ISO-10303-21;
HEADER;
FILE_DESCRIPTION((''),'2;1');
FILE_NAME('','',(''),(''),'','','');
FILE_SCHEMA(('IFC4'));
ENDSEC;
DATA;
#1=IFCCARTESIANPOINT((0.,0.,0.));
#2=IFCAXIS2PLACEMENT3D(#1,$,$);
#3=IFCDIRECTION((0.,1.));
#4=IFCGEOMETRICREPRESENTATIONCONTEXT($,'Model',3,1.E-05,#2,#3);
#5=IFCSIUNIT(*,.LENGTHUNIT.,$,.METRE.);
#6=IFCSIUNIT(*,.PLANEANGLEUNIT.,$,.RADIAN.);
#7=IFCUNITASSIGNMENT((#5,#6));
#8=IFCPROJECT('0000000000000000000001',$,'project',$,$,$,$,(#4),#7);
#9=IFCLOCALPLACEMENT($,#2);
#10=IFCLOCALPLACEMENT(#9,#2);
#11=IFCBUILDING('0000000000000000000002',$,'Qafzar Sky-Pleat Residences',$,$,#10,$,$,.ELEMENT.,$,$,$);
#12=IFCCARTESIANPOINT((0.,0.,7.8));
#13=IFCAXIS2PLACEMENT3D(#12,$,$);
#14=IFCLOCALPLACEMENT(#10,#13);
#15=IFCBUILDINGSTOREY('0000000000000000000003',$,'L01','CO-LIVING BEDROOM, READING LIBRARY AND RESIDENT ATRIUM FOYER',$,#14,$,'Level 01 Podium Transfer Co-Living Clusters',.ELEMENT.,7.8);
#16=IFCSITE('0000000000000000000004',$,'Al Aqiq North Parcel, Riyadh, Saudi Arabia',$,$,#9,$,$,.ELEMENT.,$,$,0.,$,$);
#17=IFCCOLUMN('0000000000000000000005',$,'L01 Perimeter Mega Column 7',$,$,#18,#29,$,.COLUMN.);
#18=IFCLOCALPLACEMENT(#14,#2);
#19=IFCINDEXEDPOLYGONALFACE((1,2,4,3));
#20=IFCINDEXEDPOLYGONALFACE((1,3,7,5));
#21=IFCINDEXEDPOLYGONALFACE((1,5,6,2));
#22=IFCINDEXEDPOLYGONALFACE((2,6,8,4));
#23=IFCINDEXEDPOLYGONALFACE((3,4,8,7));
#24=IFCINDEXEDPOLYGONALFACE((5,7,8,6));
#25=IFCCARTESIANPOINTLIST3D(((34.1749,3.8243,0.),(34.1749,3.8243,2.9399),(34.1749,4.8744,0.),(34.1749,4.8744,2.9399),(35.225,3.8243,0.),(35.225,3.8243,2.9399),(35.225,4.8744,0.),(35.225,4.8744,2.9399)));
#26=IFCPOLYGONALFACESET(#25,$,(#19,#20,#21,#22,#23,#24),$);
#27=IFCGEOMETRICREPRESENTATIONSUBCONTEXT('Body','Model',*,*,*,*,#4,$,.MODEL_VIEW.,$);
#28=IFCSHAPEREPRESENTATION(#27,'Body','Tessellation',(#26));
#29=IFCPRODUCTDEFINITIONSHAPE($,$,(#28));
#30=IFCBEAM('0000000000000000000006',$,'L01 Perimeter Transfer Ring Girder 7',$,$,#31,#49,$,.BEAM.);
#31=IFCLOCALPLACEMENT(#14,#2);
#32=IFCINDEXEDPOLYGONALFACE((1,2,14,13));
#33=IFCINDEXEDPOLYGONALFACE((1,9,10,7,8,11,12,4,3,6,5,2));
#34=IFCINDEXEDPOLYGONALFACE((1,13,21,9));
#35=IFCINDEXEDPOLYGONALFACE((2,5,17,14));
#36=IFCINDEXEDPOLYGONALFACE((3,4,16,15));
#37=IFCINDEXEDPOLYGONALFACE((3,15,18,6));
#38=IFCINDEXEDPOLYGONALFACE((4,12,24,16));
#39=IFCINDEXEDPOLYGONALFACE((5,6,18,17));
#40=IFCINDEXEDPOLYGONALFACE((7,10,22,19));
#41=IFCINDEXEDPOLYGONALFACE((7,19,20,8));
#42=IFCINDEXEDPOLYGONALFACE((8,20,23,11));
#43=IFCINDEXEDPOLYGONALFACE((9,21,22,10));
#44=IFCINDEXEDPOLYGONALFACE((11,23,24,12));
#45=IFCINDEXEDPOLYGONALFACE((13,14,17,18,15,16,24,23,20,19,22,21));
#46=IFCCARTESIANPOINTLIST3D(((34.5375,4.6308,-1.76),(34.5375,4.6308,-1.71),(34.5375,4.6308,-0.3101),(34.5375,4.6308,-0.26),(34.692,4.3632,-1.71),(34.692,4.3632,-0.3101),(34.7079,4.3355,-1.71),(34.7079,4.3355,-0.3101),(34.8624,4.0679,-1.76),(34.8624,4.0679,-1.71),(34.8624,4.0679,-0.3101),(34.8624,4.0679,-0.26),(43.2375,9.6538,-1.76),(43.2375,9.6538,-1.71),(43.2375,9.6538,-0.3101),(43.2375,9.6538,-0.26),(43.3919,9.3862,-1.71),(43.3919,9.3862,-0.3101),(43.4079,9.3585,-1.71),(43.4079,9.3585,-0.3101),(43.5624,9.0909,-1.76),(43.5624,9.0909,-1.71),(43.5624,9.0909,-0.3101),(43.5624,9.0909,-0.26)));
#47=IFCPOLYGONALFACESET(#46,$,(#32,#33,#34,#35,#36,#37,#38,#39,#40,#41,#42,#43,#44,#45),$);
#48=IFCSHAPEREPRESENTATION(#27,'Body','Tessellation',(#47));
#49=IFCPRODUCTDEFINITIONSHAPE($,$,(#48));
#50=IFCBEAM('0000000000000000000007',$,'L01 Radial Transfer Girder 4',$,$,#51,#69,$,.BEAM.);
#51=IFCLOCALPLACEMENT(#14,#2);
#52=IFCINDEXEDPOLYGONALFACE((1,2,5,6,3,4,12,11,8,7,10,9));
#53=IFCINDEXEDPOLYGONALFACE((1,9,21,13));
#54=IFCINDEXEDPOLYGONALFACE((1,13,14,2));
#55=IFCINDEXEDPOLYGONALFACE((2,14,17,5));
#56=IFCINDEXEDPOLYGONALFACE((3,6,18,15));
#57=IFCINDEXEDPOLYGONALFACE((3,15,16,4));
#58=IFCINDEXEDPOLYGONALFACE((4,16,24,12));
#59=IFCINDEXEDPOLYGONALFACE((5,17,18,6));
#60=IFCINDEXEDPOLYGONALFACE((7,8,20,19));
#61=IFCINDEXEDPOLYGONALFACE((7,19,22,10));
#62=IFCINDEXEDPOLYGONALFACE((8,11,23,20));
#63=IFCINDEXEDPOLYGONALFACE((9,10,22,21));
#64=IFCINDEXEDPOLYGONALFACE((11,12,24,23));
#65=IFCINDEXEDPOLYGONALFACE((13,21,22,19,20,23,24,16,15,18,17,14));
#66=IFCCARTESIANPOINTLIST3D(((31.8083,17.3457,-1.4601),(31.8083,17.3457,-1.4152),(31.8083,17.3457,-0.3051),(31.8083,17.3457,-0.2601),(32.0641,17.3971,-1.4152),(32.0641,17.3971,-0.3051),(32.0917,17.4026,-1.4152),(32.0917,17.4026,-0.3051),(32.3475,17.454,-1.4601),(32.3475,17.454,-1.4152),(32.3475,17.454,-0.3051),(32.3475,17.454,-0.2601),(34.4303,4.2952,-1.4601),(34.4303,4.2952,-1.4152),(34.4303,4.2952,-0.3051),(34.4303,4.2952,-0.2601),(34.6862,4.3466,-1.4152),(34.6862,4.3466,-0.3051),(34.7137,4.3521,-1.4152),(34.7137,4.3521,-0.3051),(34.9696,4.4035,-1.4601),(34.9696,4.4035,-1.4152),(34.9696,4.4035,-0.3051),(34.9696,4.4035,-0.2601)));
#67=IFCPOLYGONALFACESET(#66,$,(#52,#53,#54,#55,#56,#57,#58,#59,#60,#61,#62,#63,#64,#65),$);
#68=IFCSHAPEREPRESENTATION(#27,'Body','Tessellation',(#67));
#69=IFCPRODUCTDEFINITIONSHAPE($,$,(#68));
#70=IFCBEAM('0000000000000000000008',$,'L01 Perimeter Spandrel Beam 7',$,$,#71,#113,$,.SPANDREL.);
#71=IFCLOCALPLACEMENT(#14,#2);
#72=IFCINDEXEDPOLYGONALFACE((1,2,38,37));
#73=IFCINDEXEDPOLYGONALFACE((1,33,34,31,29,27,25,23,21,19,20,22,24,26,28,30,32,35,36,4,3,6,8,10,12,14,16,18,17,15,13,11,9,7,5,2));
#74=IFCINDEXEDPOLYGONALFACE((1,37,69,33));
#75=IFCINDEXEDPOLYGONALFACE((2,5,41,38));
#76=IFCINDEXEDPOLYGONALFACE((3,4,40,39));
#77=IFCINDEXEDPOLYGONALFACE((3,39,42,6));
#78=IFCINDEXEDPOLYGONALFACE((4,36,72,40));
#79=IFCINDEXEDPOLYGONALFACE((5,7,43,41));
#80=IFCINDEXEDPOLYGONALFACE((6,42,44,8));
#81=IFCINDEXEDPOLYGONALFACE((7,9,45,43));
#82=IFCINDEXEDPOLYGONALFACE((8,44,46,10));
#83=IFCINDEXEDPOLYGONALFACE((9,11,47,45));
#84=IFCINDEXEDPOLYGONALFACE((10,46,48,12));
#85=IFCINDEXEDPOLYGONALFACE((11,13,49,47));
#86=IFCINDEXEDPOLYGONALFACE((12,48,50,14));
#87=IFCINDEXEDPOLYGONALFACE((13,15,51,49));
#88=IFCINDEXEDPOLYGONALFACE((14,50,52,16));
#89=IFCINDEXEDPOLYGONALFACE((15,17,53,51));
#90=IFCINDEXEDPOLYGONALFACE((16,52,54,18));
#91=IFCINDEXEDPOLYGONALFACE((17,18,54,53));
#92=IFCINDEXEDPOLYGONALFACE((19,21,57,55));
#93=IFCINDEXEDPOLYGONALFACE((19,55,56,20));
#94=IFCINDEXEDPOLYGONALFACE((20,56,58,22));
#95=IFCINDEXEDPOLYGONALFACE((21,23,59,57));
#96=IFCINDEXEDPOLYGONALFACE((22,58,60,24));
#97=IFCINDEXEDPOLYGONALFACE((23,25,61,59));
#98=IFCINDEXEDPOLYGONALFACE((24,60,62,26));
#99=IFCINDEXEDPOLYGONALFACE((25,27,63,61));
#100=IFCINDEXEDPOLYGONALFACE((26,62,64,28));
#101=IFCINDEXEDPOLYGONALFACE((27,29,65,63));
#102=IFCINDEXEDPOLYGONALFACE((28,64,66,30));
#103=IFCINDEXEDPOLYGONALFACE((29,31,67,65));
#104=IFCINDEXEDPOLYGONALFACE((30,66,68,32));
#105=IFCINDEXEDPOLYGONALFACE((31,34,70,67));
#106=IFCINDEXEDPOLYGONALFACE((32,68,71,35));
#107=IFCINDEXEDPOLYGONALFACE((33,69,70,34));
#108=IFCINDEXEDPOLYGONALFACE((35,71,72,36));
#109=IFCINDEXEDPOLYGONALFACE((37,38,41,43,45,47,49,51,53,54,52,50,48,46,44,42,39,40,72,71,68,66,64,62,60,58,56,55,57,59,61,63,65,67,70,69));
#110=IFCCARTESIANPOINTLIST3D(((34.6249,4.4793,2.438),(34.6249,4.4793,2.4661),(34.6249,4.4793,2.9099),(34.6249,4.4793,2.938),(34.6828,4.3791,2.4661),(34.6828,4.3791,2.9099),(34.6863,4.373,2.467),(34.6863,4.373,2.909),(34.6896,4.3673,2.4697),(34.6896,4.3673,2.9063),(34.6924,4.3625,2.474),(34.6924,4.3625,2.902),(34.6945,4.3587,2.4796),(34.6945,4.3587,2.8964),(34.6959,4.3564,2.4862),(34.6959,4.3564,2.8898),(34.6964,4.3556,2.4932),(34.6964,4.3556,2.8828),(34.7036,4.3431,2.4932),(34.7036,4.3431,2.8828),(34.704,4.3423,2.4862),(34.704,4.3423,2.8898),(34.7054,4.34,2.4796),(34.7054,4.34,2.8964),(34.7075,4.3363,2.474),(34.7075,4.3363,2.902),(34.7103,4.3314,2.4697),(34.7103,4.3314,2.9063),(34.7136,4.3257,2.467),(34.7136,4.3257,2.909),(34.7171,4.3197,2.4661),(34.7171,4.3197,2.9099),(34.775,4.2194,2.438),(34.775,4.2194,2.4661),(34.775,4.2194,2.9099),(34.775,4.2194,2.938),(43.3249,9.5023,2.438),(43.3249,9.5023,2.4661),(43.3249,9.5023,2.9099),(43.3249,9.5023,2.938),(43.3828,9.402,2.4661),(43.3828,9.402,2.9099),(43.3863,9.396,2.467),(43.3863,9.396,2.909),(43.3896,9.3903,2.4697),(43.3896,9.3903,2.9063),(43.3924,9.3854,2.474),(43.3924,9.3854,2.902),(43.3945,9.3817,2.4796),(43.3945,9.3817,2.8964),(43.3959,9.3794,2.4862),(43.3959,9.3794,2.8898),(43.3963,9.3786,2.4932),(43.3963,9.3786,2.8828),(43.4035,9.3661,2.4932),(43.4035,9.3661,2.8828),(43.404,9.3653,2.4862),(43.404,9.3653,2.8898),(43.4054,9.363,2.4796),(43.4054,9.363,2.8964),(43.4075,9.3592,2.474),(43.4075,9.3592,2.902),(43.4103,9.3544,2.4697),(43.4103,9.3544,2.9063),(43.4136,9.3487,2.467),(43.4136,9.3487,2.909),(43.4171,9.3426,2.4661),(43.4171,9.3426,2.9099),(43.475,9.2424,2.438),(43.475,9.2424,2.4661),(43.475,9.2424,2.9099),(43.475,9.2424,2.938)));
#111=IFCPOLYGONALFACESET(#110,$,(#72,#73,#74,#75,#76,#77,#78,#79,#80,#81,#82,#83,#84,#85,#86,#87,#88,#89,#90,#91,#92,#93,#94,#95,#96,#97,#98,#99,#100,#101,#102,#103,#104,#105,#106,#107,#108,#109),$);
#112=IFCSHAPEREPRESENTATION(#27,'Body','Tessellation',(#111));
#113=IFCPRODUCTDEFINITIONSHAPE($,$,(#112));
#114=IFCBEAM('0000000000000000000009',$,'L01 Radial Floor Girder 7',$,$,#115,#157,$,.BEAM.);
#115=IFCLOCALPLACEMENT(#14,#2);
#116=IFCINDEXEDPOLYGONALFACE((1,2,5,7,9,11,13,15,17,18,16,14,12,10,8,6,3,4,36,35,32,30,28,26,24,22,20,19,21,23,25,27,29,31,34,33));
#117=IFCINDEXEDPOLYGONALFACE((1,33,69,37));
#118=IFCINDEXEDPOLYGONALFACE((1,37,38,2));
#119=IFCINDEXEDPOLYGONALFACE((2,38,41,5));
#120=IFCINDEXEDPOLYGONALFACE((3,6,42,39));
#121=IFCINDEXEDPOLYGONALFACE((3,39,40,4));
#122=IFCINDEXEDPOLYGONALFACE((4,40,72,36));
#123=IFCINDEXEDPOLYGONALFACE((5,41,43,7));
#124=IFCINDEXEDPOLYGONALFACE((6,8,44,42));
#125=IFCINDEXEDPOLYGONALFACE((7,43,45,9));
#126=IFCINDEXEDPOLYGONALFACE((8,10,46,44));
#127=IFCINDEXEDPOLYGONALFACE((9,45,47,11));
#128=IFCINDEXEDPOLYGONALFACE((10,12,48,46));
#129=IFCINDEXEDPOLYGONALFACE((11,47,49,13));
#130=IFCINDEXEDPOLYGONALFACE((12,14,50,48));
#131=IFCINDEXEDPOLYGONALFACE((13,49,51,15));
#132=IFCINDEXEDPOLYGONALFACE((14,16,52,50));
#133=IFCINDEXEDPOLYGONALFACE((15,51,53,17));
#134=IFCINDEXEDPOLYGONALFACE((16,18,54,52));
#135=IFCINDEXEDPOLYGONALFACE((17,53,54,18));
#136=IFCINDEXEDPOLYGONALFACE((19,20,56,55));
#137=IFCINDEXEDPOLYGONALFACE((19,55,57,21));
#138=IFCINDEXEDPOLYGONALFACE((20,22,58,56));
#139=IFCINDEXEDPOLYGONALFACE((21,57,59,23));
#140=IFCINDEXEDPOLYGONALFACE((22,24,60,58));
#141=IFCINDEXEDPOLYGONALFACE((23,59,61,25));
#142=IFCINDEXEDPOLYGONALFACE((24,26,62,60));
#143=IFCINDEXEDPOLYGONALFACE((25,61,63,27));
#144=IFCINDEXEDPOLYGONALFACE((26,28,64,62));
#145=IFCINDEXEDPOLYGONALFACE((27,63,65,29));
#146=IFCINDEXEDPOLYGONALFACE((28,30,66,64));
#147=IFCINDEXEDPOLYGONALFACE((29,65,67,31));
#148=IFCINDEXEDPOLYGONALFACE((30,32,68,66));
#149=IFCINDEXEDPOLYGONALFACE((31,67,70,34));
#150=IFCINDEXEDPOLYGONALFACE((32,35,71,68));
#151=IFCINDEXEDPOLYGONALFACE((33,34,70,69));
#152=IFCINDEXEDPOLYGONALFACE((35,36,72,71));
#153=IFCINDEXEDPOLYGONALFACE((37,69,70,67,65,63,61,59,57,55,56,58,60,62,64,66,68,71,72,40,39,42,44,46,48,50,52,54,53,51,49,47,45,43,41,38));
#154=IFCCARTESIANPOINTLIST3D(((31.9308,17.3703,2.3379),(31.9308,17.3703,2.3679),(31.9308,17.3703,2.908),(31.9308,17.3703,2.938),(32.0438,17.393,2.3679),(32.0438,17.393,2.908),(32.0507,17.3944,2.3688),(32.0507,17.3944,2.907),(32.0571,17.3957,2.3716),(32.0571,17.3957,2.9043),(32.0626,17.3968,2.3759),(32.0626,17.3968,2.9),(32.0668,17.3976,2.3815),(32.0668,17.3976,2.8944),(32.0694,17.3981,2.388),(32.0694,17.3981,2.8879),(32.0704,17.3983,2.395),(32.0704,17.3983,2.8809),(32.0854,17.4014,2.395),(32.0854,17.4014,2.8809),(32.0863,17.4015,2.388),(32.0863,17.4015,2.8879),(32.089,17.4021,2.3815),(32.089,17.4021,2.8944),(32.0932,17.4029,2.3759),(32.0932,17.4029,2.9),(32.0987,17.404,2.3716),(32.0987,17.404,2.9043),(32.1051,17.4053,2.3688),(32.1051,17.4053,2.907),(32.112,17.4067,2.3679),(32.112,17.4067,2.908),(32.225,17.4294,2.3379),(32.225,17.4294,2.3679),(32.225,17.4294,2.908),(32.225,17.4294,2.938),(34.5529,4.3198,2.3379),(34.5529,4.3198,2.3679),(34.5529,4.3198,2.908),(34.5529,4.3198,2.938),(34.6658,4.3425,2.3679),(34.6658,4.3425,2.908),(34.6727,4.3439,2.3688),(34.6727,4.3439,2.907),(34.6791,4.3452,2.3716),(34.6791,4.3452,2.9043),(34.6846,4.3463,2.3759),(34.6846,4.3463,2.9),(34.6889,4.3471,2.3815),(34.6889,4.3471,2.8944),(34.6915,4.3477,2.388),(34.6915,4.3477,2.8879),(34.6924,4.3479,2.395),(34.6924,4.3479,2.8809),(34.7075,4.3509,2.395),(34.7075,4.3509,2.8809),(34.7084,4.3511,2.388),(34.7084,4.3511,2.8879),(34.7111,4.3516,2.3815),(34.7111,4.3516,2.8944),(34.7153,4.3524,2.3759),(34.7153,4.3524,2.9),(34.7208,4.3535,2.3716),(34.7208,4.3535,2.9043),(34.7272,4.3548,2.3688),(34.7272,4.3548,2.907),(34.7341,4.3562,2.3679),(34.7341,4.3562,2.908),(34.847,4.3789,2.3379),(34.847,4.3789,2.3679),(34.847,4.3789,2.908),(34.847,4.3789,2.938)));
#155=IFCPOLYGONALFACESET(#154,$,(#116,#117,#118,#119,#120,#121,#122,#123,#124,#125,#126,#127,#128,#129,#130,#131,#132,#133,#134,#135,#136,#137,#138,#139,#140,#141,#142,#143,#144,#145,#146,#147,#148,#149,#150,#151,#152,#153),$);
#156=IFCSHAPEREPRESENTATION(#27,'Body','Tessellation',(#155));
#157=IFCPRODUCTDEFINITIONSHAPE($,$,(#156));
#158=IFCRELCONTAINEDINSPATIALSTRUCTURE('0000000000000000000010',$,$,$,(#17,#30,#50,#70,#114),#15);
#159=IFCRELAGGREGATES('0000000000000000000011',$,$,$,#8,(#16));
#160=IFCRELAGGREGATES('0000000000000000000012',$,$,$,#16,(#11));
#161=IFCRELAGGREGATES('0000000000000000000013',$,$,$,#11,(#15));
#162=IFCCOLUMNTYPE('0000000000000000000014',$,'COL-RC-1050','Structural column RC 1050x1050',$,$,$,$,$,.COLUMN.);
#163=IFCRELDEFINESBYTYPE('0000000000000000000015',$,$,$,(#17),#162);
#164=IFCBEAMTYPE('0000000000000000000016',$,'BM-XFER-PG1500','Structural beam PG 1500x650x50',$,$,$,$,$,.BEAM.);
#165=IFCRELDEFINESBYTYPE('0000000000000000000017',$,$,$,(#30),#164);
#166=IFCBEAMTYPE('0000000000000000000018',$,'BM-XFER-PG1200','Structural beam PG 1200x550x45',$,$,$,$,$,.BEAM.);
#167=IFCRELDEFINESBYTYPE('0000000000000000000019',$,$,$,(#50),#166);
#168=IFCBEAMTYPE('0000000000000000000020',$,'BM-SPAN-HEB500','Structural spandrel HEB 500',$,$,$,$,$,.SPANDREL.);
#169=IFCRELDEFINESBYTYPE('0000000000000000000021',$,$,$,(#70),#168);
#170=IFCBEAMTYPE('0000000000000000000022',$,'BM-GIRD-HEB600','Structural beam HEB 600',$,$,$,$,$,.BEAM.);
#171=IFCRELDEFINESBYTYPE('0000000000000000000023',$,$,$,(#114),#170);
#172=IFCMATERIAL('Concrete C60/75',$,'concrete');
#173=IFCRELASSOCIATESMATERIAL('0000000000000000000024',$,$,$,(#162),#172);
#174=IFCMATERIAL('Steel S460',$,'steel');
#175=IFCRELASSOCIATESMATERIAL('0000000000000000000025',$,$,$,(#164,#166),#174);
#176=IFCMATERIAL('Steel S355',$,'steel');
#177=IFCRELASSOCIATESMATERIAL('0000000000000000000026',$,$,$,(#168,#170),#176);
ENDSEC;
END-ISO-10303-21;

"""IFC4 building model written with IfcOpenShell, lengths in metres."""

from ifc_helpers import new_model, si_unit, direction, frame, origin, origin_2d, place, context, subcontext, project, spatial, rectangle, i_section, extrude, source, transform, mapped, material, material_profile, profile_set, type_object, element, save


model = new_model("IFC4")

# Units and contexts
model_context = context("Model", 3, precision=1e-05, world=origin(), true_north=direction((0.0, 1.0)))
body_context = subcontext(model_context, "Body", "Model", "MODEL_VIEW")
ifc_project = project(units=[si_unit("LENGTHUNIT", "METRE"), si_unit("PLANEANGLEUNIT", "RADIAN")], contexts=[model_context])

# Site, building, storey
site_placement = place(None, origin())
site = spatial("IfcSite", under=ifc_project, at=site_placement, Name="Al Aqiq North Parcel, Riyadh, Saudi Arabia", CompositionType="ELEMENT", RefElevation=0.0)
building_placement = place(site_placement, origin())
building = spatial("IfcBuilding", under=site, at=building_placement, Name="Qafzar Sky-Pleat Residences", CompositionType="ELEMENT")
storey_placement = place(building_placement, frame((0.0, 0.0, 7.8)))
storey = spatial("IfcBuildingStorey", under=building, at=storey_placement, Name="L01", Description="CO-LIVING BEDROOM, READING LIBRARY AND RESIDENT ATRIUM FOYER", LongName="Level 01 Podium Transfer Co-Living Clusters", CompositionType="ELEMENT", Elevation=7.8)

# Column
ifc_material_1 = material(Name="Concrete C60/75", Category="concrete")
ifc_material_profile_1 = material_profile(ifc_material_1, rectangle(XDim=1.05, YDim=1.05, at=origin_2d()), Name="RC 1050x1050")
ifc_profile_set_1 = profile_set([ifc_material_profile_1], Name="Concrete C60/75")
column_type = type_object("IfcColumnType", Name="COL-RC-1050", Description="Structural column RC 1050x1050", PredefinedType="COLUMN", material=ifc_profile_set_1)
shared_shape_1 = source(origin(), body_context, "Body", "SweptSolid", [
    extrude(rectangle(XDim=1.05, YDim=1.05, at=origin_2d()), origin(), (0.0, 0.0, 1.0), 2.9399),
])
column_placement = place(storey_placement, frame((34.7, 4.3494, 0.0), z_axis=(0.0, 0.0, 1.0), x_axis=(1.0, 0.0, 0.0)))
element("IfcColumn", 1, at=column_placement, inside=storey, type_object=column_type, Name="L01 Perimeter Mega Column 7", PredefinedType="COLUMN", context=body_context, shape_type="MappedRepresentation", body=[
    mapped(shared_shape_1, transform((0.0, 0.0, 0.0), x_axis=(1.0, 0.0, 0.0), y_axis=(0.0, 1.0, 0.0), z_axis=(0.0, 0.0, 1.0), scale=1.0)),
])

# Beams
ifc_material_2 = material(Name="Steel S460", Category="steel")
ifc_material_profile_2 = material_profile(ifc_material_2, i_section(OverallWidth=0.6499, OverallDepth=1.5, WebThickness=0.032, FlangeThickness=0.05, at=origin_2d()), Name="PG 1500x650x50")
ifc_profile_set_2 = profile_set([ifc_material_profile_2], Name="Steel S460")
beam_type_1 = type_object("IfcBeamType", Name="BM-XFER-PG1500", Description="Structural beam PG 1500x650x50", PredefinedType="BEAM", material=ifc_profile_set_2)
shared_shape_2 = source(origin(), body_context, "Body", "SweptSolid", [
    extrude(i_section(OverallWidth=0.6499, OverallDepth=1.5, WebThickness=0.032, FlangeThickness=0.05, at=origin_2d()), origin(), (0.0, 0.0, 1.0), 10.0459),
])
beam_1_placement = place(storey_placement, frame((34.7, 4.3494, -1.01), z_axis=(0.866024, 0.500002, 0.0), x_axis=(-0.500002, 0.866024, 0.0)))
element("IfcBeam", 2, at=beam_1_placement, inside=storey, type_object=beam_type_1, Name="L01 Perimeter Transfer Ring Girder 7", PredefinedType="BEAM", context=body_context, shape_type="MappedRepresentation", body=[
    mapped(shared_shape_2, transform((0.0, 0.0, 0.0), x_axis=(1.0, 0.0, 0.0), y_axis=(0.0, 1.0, 0.0), z_axis=(0.0, 0.0, 1.0), scale=1.0)),
])
ifc_material_profile_3 = material_profile(ifc_material_2, i_section(OverallWidth=0.55, OverallDepth=1.2, WebThickness=0.0281, FlangeThickness=0.0449, at=origin_2d()), Name="PG 1200x550x45")
ifc_profile_set_3 = profile_set([ifc_material_profile_3], Name="Steel S460")
beam_type_2 = type_object("IfcBeamType", Name="BM-XFER-PG1200", Description="Structural beam PG 1200x550x45", PredefinedType="BEAM", material=ifc_profile_set_3)
shared_shape_3 = source(origin(), body_context, "Body", "SweptSolid", [
    extrude(i_section(OverallWidth=0.55, OverallDepth=1.2, WebThickness=0.0281, FlangeThickness=0.0449, at=origin_2d()), origin(), (0.0, 0.0, 1.0), 13.3113),
])
beam_2_placement = place(storey_placement, frame((34.7, 4.3494, -0.8601), z_axis=(-0.19698, 0.980407, 0.0), x_axis=(-0.980407, -0.19698, 0.0)))
element("IfcBeam", 3, at=beam_2_placement, inside=storey, type_object=beam_type_2, Name="L01 Radial Transfer Girder 4", PredefinedType="BEAM", context=body_context, shape_type="MappedRepresentation", body=[
    mapped(shared_shape_3, transform((0.0, 0.0, 0.0), x_axis=(1.0, 0.0, 0.0), y_axis=(0.0, 1.0, 0.0), z_axis=(0.0, 0.0, 1.0), scale=1.0)),
])
ifc_material_3 = material(Name="Steel S355", Category="steel")
ifc_material_profile_4 = material_profile(ifc_material_3, i_section(OverallWidth=0.3, OverallDepth=0.5, WebThickness=0.0144, FlangeThickness=0.0281, FilletRadius=0.0271, at=origin_2d()), Name="HEB 500")
ifc_profile_set_4 = profile_set([ifc_material_profile_4], Name="Steel S355")
beam_type_3 = type_object("IfcBeamType", Name="BM-SPAN-HEB500", Description="Structural spandrel HEB 500", PredefinedType="SPANDREL", material=ifc_profile_set_4)
shared_shape_4 = source(origin(), body_context, "Body", "SweptSolid", [
    extrude(i_section(OverallWidth=0.3, OverallDepth=0.5, WebThickness=0.0144, FlangeThickness=0.0281, FilletRadius=0.0271, at=origin_2d()), origin(), (0.0, 0.0, 1.0), 10.0459),
])
beam_3_placement = place(storey_placement, frame((34.7, 4.3494, 2.688), z_axis=(0.866024, 0.500002, 0.0), x_axis=(-0.500002, 0.866024, 0.0)))
element("IfcBeam", 4, at=beam_3_placement, inside=storey, type_object=beam_type_3, Name="L01 Perimeter Spandrel Beam 7", PredefinedType="SPANDREL", context=body_context, shape_type="MappedRepresentation", body=[
    mapped(shared_shape_4, transform((0.0, 0.0, 0.0), x_axis=(1.0, 0.0, 0.0), y_axis=(0.0, 1.0, 0.0), z_axis=(0.0, 0.0, 1.0), scale=1.0)),
])
ifc_material_profile_5 = material_profile(ifc_material_3, i_section(OverallWidth=0.3, OverallDepth=0.6001, WebThickness=0.0154, FlangeThickness=0.03, FilletRadius=0.0271, at=origin_2d()), Name="HEB 600")
ifc_profile_set_5 = profile_set([ifc_material_profile_5], Name="Steel S355")
beam_type_4 = type_object("IfcBeamType", Name="BM-GIRD-HEB600", Description="Structural beam HEB 600", PredefinedType="BEAM", material=ifc_profile_set_5)
shared_shape_5 = source(origin(), body_context, "Body", "SweptSolid", [
    extrude(i_section(OverallWidth=0.3, OverallDepth=0.6001, WebThickness=0.0154, FlangeThickness=0.03, FilletRadius=0.0271, at=origin_2d()), origin(), (0.0, 0.0, 1.0), 13.3113),
])
beam_4_placement = place(storey_placement, frame((34.7, 4.3494, 2.6379), z_axis=(-0.19698, 0.980407, 0.0), x_axis=(-0.980407, -0.19698, 0.0)))
element("IfcBeam", 5, at=beam_4_placement, inside=storey, type_object=beam_type_4, Name="L01 Radial Floor Girder 7", PredefinedType="BEAM", context=body_context, shape_type="MappedRepresentation", body=[
    mapped(shared_shape_5, transform((0.0, 0.0, 0.0), x_axis=(1.0, 0.0, 0.0), y_axis=(0.0, 1.0, 0.0), z_axis=(0.0, 0.0, 1.0), scale=1.0)),
])

save(model, "model.ifc")
